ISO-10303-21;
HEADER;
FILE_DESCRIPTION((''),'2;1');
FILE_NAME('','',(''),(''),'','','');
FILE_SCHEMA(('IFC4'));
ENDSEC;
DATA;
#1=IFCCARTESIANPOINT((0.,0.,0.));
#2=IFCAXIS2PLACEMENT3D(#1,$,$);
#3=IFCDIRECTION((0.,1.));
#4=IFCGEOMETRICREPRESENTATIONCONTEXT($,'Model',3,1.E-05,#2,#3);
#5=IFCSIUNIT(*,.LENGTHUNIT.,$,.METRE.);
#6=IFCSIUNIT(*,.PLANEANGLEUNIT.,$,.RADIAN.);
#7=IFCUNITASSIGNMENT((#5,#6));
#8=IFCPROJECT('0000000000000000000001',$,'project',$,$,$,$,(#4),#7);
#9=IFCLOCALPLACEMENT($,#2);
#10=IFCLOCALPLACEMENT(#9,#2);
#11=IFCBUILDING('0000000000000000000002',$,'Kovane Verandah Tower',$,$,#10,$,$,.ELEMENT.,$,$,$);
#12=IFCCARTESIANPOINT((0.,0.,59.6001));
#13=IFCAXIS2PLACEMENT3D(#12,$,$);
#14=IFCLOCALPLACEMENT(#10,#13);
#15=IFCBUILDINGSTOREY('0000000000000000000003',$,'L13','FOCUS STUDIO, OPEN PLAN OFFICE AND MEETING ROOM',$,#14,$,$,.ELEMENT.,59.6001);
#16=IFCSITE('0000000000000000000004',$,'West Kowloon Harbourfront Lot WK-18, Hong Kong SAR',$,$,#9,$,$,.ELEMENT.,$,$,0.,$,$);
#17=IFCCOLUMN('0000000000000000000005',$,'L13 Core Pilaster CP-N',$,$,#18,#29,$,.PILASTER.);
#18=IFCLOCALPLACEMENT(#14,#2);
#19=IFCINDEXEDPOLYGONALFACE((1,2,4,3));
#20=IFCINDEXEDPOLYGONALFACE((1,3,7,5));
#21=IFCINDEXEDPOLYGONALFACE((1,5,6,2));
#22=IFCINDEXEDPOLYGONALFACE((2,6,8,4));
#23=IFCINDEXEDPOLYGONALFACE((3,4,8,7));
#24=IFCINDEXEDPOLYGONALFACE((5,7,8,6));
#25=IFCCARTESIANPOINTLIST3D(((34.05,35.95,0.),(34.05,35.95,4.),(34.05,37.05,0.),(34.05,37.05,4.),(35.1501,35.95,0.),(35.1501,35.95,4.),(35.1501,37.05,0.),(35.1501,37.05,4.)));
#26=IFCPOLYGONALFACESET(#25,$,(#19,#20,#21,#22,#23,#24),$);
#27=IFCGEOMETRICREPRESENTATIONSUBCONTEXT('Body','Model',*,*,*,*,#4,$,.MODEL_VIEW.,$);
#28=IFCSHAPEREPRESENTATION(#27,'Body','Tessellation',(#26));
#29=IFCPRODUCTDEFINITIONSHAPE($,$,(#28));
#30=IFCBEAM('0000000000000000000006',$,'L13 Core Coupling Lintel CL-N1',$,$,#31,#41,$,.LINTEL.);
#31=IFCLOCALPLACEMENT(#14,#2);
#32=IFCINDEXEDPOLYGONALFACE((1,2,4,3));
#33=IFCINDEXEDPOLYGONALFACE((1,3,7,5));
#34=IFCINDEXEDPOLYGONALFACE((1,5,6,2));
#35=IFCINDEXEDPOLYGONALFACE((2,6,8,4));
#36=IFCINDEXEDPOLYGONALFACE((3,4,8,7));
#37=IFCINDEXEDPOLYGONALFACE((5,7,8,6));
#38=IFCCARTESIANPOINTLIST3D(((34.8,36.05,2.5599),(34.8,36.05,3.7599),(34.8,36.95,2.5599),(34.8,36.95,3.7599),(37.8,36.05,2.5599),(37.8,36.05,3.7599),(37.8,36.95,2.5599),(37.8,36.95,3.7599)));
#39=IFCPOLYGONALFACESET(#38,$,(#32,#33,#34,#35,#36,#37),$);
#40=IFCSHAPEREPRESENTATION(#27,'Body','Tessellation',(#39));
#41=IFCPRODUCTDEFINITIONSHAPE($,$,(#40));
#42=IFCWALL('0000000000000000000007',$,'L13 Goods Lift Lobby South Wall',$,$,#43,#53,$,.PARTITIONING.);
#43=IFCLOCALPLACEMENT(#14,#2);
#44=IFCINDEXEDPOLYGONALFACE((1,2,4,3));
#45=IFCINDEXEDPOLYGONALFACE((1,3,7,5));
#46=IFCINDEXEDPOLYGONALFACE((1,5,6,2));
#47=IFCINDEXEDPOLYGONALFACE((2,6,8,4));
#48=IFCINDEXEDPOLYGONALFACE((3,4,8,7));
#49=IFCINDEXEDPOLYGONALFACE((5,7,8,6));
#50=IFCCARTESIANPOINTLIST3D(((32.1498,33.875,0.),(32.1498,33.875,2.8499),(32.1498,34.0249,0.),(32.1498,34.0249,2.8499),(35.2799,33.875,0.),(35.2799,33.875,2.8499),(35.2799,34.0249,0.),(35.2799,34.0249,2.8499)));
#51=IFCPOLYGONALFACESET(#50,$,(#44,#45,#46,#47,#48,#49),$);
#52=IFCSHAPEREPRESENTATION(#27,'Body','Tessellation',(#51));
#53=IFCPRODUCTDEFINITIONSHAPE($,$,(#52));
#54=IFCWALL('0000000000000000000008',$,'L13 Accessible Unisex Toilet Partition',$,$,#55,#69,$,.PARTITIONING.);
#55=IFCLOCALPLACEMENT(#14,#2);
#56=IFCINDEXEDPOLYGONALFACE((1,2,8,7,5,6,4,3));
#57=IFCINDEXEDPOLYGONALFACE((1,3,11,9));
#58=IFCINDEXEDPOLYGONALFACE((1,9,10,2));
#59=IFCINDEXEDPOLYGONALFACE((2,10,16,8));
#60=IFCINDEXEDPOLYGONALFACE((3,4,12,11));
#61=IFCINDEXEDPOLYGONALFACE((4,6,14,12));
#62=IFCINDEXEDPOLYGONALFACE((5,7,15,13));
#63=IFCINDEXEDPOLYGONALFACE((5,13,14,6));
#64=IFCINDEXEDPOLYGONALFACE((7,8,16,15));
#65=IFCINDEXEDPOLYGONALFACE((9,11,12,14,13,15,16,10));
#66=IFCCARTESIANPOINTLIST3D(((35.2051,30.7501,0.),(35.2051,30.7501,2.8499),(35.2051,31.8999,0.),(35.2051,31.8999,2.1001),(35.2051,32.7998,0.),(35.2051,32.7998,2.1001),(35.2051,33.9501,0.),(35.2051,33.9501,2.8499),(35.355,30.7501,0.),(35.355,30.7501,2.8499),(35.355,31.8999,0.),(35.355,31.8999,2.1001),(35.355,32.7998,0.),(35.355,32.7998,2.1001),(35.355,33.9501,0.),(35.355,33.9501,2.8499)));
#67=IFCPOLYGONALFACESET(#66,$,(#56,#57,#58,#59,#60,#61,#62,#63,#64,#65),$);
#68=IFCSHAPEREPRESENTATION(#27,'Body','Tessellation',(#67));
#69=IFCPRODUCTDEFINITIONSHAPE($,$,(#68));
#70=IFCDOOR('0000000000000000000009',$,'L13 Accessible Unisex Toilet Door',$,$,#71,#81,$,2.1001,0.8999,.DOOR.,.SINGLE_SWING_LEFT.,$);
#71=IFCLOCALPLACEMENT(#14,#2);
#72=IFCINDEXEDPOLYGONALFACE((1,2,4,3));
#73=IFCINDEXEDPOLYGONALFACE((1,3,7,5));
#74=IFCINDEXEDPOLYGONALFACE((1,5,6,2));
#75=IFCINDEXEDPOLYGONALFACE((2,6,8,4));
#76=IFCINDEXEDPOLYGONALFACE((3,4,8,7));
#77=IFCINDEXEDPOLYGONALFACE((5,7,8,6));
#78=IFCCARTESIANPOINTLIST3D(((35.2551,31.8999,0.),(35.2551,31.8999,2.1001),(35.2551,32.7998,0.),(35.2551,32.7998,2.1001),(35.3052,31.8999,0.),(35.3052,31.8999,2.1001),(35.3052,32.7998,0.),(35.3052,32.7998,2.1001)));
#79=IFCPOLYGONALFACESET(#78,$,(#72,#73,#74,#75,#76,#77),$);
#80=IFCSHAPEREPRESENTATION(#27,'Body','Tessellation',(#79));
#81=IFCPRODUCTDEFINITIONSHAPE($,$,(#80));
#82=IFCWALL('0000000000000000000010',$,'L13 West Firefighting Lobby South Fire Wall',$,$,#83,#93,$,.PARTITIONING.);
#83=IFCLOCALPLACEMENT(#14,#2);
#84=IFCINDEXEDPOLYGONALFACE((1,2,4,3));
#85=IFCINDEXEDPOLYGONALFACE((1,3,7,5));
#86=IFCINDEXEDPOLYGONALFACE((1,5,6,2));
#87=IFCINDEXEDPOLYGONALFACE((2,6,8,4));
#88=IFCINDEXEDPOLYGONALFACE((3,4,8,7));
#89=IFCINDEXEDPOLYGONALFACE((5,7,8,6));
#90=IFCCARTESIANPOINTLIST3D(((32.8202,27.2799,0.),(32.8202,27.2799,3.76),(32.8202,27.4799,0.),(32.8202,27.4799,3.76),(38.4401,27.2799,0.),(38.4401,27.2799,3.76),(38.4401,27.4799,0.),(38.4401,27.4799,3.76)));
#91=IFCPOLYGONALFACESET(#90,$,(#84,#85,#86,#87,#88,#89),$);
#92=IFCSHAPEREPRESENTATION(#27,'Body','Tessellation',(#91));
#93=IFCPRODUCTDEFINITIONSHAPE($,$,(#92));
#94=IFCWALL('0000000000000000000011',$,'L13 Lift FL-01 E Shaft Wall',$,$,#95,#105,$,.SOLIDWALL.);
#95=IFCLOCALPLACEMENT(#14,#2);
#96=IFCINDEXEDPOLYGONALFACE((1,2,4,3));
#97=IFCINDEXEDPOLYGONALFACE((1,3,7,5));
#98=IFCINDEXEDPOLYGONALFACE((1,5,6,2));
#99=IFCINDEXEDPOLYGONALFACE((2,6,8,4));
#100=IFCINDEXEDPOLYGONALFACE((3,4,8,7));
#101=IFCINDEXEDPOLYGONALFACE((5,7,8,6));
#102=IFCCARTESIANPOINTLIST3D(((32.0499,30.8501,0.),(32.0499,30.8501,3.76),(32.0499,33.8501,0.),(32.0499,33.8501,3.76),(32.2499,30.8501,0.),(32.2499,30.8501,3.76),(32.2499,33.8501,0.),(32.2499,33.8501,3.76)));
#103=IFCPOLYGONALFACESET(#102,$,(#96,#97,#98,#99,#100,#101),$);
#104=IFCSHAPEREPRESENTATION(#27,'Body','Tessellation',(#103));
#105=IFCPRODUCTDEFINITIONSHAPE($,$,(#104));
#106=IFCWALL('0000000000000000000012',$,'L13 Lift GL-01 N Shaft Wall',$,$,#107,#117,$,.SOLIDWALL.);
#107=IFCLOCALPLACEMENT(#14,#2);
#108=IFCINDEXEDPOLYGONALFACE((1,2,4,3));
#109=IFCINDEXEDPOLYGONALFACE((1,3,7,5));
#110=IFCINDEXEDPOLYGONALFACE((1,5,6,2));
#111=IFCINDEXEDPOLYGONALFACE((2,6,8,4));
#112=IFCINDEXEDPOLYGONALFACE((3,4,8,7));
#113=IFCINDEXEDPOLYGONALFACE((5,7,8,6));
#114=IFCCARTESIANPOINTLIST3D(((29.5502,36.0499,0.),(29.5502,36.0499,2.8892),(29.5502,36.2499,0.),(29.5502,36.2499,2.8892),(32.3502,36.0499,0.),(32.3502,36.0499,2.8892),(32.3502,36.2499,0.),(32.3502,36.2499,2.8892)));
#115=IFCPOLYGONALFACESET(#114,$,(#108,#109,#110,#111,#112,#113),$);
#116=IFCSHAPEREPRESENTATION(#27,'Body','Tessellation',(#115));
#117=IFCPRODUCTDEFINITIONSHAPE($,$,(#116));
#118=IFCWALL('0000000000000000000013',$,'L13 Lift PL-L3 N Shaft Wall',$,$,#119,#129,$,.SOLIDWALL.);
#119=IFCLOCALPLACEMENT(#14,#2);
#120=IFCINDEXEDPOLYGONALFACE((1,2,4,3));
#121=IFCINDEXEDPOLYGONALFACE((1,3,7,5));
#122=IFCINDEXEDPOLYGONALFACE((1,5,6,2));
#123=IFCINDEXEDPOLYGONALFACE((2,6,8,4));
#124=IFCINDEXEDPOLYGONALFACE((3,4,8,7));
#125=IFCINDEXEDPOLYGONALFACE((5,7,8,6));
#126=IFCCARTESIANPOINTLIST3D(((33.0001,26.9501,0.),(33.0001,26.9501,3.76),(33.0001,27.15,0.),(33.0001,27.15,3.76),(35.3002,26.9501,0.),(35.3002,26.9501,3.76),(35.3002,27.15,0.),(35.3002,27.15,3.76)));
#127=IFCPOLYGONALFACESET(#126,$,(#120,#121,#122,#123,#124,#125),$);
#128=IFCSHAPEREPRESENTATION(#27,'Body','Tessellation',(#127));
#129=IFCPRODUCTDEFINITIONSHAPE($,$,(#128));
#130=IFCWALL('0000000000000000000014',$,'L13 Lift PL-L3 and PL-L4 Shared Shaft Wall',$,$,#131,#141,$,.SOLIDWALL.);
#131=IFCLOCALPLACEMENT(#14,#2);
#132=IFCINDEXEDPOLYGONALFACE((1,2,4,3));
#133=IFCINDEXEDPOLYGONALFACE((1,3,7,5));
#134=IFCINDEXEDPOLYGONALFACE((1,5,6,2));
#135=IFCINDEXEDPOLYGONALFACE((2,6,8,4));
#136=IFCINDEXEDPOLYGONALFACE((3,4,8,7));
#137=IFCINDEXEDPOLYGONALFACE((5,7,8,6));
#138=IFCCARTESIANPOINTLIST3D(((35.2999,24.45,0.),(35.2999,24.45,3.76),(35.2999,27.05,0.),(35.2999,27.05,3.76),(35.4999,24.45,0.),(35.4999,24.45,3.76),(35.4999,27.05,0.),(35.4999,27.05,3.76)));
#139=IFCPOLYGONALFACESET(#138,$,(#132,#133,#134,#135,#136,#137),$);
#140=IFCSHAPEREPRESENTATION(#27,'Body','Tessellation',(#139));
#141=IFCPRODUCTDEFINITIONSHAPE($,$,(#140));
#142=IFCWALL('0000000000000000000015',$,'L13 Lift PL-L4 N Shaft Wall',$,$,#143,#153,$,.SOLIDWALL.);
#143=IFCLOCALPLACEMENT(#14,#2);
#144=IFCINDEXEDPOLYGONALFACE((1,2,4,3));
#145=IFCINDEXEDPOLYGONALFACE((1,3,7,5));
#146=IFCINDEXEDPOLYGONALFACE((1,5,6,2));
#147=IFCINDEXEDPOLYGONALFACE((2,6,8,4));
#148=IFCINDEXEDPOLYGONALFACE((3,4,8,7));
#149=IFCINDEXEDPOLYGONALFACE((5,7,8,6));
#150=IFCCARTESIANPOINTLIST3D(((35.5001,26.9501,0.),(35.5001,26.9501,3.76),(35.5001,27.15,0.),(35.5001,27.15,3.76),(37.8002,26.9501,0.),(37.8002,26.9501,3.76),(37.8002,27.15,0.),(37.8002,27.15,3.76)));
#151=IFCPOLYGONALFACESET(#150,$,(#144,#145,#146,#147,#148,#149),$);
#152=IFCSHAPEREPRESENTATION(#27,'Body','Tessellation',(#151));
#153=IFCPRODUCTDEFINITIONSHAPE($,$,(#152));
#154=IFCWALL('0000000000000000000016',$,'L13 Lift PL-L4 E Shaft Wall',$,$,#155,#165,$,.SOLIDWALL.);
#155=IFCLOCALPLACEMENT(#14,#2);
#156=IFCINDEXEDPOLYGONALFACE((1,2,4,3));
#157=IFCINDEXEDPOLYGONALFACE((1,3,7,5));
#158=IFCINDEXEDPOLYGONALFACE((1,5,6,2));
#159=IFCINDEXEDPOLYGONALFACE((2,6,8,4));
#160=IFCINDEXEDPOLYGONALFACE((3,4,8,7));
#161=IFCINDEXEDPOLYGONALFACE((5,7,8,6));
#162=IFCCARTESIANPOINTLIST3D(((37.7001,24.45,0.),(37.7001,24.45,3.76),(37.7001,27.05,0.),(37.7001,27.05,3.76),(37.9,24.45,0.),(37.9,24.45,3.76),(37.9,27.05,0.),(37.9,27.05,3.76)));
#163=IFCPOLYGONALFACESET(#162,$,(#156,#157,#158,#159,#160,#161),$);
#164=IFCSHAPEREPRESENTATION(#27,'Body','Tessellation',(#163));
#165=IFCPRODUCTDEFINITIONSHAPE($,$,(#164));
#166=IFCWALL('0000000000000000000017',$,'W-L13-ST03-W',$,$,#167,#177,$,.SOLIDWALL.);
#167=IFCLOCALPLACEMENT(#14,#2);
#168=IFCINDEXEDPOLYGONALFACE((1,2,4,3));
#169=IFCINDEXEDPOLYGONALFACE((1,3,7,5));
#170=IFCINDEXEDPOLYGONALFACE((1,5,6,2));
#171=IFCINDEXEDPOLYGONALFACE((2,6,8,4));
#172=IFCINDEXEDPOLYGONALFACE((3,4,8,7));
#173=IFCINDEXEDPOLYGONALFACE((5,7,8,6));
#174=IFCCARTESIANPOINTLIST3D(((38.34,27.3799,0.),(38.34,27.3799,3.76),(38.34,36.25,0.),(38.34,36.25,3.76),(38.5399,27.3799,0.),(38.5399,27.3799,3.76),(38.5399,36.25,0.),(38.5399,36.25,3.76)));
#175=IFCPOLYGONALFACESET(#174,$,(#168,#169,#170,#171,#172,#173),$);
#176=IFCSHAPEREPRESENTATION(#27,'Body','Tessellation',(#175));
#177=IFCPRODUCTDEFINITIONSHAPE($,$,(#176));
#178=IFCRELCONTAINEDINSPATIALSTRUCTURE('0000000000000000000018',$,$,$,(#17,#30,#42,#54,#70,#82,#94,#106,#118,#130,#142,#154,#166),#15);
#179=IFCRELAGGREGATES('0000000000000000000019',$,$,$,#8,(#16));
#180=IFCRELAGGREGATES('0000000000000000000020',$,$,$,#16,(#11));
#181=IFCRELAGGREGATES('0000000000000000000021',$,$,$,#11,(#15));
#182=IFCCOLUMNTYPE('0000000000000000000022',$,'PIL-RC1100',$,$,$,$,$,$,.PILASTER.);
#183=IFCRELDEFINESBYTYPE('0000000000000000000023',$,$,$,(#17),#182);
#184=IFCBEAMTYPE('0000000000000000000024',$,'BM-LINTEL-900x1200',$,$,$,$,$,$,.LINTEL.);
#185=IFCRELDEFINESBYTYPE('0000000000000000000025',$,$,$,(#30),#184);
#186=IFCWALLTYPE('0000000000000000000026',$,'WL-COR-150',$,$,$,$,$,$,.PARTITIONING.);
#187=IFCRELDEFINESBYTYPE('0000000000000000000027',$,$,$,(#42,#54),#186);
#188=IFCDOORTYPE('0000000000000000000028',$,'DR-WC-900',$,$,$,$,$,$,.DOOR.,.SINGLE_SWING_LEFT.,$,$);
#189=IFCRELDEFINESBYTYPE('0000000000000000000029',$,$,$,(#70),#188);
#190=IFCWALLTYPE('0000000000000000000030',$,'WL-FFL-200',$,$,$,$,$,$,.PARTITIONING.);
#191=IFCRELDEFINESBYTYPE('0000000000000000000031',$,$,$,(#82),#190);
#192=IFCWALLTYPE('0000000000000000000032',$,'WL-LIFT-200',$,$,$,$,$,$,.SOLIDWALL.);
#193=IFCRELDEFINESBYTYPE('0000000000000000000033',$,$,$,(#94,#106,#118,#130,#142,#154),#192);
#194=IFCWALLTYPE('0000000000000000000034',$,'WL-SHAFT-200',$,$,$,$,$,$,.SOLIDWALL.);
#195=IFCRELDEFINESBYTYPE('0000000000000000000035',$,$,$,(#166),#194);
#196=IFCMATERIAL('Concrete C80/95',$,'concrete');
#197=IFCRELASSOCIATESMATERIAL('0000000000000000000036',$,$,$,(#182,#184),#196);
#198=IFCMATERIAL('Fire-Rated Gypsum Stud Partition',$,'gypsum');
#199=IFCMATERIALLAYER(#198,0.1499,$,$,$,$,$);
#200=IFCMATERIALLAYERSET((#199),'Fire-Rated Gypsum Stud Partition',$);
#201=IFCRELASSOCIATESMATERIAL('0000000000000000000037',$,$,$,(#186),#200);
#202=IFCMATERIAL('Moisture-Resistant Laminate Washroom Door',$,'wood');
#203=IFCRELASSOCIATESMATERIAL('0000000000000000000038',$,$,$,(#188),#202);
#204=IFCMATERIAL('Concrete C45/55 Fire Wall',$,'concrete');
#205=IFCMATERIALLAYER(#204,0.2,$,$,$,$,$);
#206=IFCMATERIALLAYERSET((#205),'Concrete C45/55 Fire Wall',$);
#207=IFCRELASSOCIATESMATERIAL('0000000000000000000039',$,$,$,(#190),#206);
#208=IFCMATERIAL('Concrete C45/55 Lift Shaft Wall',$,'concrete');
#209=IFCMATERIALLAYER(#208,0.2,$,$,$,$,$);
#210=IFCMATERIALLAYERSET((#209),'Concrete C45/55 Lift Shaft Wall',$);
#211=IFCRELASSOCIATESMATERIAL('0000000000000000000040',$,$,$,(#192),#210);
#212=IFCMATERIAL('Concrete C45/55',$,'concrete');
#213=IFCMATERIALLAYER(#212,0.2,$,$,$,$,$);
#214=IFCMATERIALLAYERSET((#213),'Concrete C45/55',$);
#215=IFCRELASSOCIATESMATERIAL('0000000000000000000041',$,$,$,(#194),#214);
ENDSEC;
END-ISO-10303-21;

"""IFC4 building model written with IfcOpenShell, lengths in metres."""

from ifc_helpers import new_model, si_unit, direction, frame, frame_2d, origin, origin_2d, place, context, subcontext, project, spatial, rectangle, extrude, material, layer, layer_set, material_profile, profile_set, type_object, element, fill, save


model = new_model("IFC4")

# Units and contexts
model_context = context("Model", 3, precision=1e-05, world=origin(), true_north=direction((0.0, 1.0)))
body_context = subcontext(model_context, "Body", "Model", "MODEL_VIEW")
ifc_project = project(units=[si_unit("LENGTHUNIT", "METRE"), si_unit("PLANEANGLEUNIT", "RADIAN")], contexts=[model_context])

# Site, building, storey
site_placement = place(None, origin())
site = spatial("IfcSite", under=ifc_project, at=site_placement, Name="West Kowloon Harbourfront Lot WK-18, Hong Kong SAR", CompositionType="ELEMENT", RefElevation=0.0)
building_placement = place(site_placement, origin())
building = spatial("IfcBuilding", under=site, at=building_placement, Name="Kovane Verandah Tower", CompositionType="ELEMENT")
storey_placement = place(building_placement, frame((0.0, 0.0, 59.6001)))
storey = spatial("IfcBuildingStorey", under=building, at=storey_placement, Name="L13", Description="FOCUS STUDIO, OPEN PLAN OFFICE AND MEETING ROOM", CompositionType="ELEMENT", Elevation=59.6001)

# Column
ifc_material_1 = material(Name="Concrete C80/95", Category="concrete")
ifc_material_profile_1 = material_profile(ifc_material_1, rectangle(XDim=1.1001, YDim=1.1001, at=origin_2d()), Name="RC1100x1100")
ifc_profile_set_1 = profile_set([ifc_material_profile_1], Name="Concrete C80/95")
column_type = type_object("IfcColumnType", Name="PIL-RC1100", PredefinedType="PILASTER", material=ifc_profile_set_1)
column_placement = place(storey_placement, frame((34.6001, 36.5, 0.0), z_axis=(0.0, 0.0, 1.0), x_axis=(1.0, 0.0, 0.0)))
element("IfcColumn", 1, at=column_placement, inside=storey, type_object=column_type, Name="L13 Core Pilaster CP-N", PredefinedType="PILASTER", context=body_context, shape_type="SweptSolid", body=[
    extrude(rectangle(XDim=1.1001, YDim=1.1001, at=origin_2d()), origin(), (0.0, 0.0, 1.0), 4.0),
])

# Beam
ifc_material_profile_2 = material_profile(ifc_material_1, rectangle(XDim=0.8999, YDim=1.2, at=origin_2d()), Name="RCB900x1200")
ifc_profile_set_2 = profile_set([ifc_material_profile_2], Name="Concrete C80/95")
beam_type = type_object("IfcBeamType", Name="BM-LINTEL-900x1200", PredefinedType="LINTEL", material=ifc_profile_set_2)
beam_placement = place(storey_placement, frame((34.8, 36.5, 3.1599), z_axis=(1.0, 0.0, 0.0), x_axis=(0.0, 1.0, 0.0)))
element("IfcBeam", 2, at=beam_placement, inside=storey, type_object=beam_type, Name="L13 Core Coupling Lintel CL-N1", PredefinedType="LINTEL", context=body_context, shape_type="SweptSolid", body=[
    extrude(rectangle(XDim=0.8999, YDim=1.2, at=origin_2d()), origin(), (0.0, 0.0, 1.0), 3.0),
])

# Wall
ifc_material_2 = material(Name="Fire-Rated Gypsum Stud Partition", Category="gypsum")
ifc_layer_1 = layer(ifc_material_2, 0.1499)
ifc_layer_set_1 = layer_set([ifc_layer_1], Name="Fire-Rated Gypsum Stud Partition")
wall_type_1 = type_object("IfcWallType", Name="WL-COR-150", PredefinedType="PARTITIONING", material=ifc_layer_set_1)
wall_1_placement = place(storey_placement, frame((32.1499, 33.95, 0.0), z_axis=(0.0, 0.0, 1.0), x_axis=(1.0, 0.0, 0.0)))
element("IfcWall", 3, at=wall_1_placement, inside=storey, type_object=wall_type_1, Name="L13 Goods Lift Lobby South Wall", PredefinedType="PARTITIONING", context=body_context, shape_type="SweptSolid", body=[
    extrude(rectangle(XDim=3.1301, YDim=0.1499, at=frame_2d((1.5649, 0.0))), origin(), (0.0, 0.0, 1.0), 2.8499),
])

# Wall, opening, door
wall_2_placement = place(storey_placement, frame((35.28, 30.75, 0.0), z_axis=(0.0, 0.0, 1.0), x_axis=(0.0, 1.0, 0.0)))
wall_2 = element("IfcWall", 4, at=wall_2_placement, inside=storey, type_object=wall_type_1, Name="L13 Accessible Unisex Toilet Partition", PredefinedType="PARTITIONING", context=body_context, shape_type="SweptSolid", body=[
    extrude(rectangle(XDim=3.2, YDim=0.1499, at=frame_2d((1.6001, 0.0))), origin(), (0.0, 0.0, 1.0), 2.8499),
])
opening_1_placement = place(wall_2_placement, frame((1.1499, 0.0, 0.0)))
opening_1 = element("IfcOpeningElement", 5, at=opening_1_placement, cuts=wall_2, PredefinedType="OPENING", context=body_context, shape_type="SweptSolid", body=[
    extrude(rectangle(XDim=0.8999, YDim=2.1001, at=frame_2d((0.45, 1.05))), frame((0.0, 0.075, 0.0), z_axis=(0.0, -1.0, 0.0), x_axis=(1.0, 0.0, 0.0)), (0.0, 0.0, 1.0), 0.1499),
])
ifc_material_3 = material(Name="Moisture-Resistant Laminate Washroom Door", Category="wood")
door_type_1 = type_object("IfcDoorType", Name="DR-WC-900", OperationType="SINGLE_SWING_LEFT", PredefinedType="DOOR", material=ifc_material_3)
door_1_placement = place(opening_1_placement, origin())
door_1 = element("IfcDoor", 6, at=door_1_placement, inside=storey, type_object=door_type_1, Name="L13 Accessible Unisex Toilet Door", OperationType="SINGLE_SWING_LEFT", OverallHeight=2.1001, OverallWidth=0.8999, PredefinedType="DOOR", context=body_context, shape_type="SweptSolid", body=[
    extrude(rectangle(XDim=0.8999, YDim=2.1001, at=frame_2d((0.45, 1.05))), frame((0.0, 0.0249, 0.0), z_axis=(0.0, -1.0, 0.0), x_axis=(1.0, 0.0, 0.0)), (0.0, 0.0, 1.0), 0.05),
])
fill(opening_1, door_1)
ifc_material_4 = material(Name="Concrete C45/55 Fire Wall", Category="concrete")
ifc_layer_2 = layer(ifc_material_4, 0.2)
ifc_layer_set_2 = layer_set([ifc_layer_2], Name="Concrete C45/55 Fire Wall")
wall_type_2 = type_object("IfcWallType", Name="WL-FFL-200", PredefinedType="PARTITIONING", material=ifc_layer_set_2)

# Walls
wall_3_placement = place(storey_placement, frame((32.8201, 27.3799, 0.0), z_axis=(0.0, 0.0, 1.0), x_axis=(1.0, 0.0, 0.0)))
element("IfcWall", 7, at=wall_3_placement, inside=storey, type_object=wall_type_2, Name="L13 West Firefighting Lobby South Fire Wall", PredefinedType="PARTITIONING", context=body_context, shape_type="SweptSolid", body=[
    extrude(rectangle(XDim=5.6199, YDim=0.2, at=frame_2d((2.8101, 0.0))), origin(), (0.0, 0.0, 1.0), 3.76),
])
ifc_material_5 = material(Name="Concrete C45/55 Lift Shaft Wall", Category="concrete")
ifc_layer_3 = layer(ifc_material_5, 0.2)
ifc_layer_set_3 = layer_set([ifc_layer_3], Name="Concrete C45/55 Lift Shaft Wall")
wall_type_3 = type_object("IfcWallType", Name="WL-LIFT-200", PredefinedType="SOLIDWALL", material=ifc_layer_set_3)
wall_4_placement = place(storey_placement, frame((32.1499, 30.8501, 0.0), z_axis=(0.0, 0.0, 1.0), x_axis=(0.0, 1.0, 0.0)))
element("IfcWall", 8, at=wall_4_placement, inside=storey, type_object=wall_type_3, Name="L13 Lift FL-01 E Shaft Wall", PredefinedType="SOLIDWALL", context=body_context, shape_type="SweptSolid", body=[
    extrude(rectangle(XDim=3.0, YDim=0.2, at=frame_2d((1.5, 0.0))), origin(), (0.0, 0.0, 1.0), 3.76),
])
wall_5_placement = place(storey_placement, frame((32.3501, 36.1499, 0.0), z_axis=(0.0, 0.0, 1.0), x_axis=(-1.0, 0.0, 0.0)))
element("IfcWall", 9, at=wall_5_placement, inside=storey, type_object=wall_type_3, Name="L13 Lift GL-01 N Shaft Wall", PredefinedType="SOLIDWALL", context=body_context, shape_type="SweptSolid", body=[
    extrude(rectangle(XDim=2.8, YDim=0.2, at=frame_2d((1.3999, 0.0))), origin(), (0.0, 0.0, 1.0), 2.8892),
])

# Walls
wall_6_placement = place(storey_placement, frame((35.3, 27.05, 0.0), z_axis=(0.0, 0.0, 1.0), x_axis=(-1.0, 0.0, 0.0)))
element("IfcWall", 10, at=wall_6_placement, inside=storey, type_object=wall_type_3, Name="L13 Lift PL-L3 N Shaft Wall", PredefinedType="SOLIDWALL", context=body_context, shape_type="SweptSolid", body=[
    extrude(rectangle(XDim=2.3, YDim=0.2, at=frame_2d((1.1499, 0.0))), origin(), (0.0, 0.0, 1.0), 3.76),
])
wall_7_placement = place(storey_placement, frame((35.3999, 24.45, 0.0), z_axis=(0.0, 0.0, 1.0), x_axis=(0.0, 1.0, 0.0)))
element("IfcWall", 11, at=wall_7_placement, inside=storey, type_object=wall_type_3, Name="L13 Lift PL-L3 and PL-L4 Shared Shaft Wall", PredefinedType="SOLIDWALL", context=body_context, shape_type="SweptSolid", body=[
    extrude(rectangle(XDim=2.6001, YDim=0.2, at=frame_2d((1.3, 0.0))), origin(), (0.0, 0.0, 1.0), 3.76),
])

# Walls
wall_8_placement = place(storey_placement, frame((37.8, 27.05, 0.0), z_axis=(0.0, 0.0, 1.0), x_axis=(-1.0, 0.0, 0.0)))
element("IfcWall", 12, at=wall_8_placement, inside=storey, type_object=wall_type_3, Name="L13 Lift PL-L4 N Shaft Wall", PredefinedType="SOLIDWALL", context=body_context, shape_type="SweptSolid", body=[
    extrude(rectangle(XDim=2.3, YDim=0.2, at=frame_2d((1.1499, 0.0))), origin(), (0.0, 0.0, 1.0), 3.76),
])
wall_9_placement = place(storey_placement, frame((37.8, 24.45, 0.0), z_axis=(0.0, 0.0, 1.0), x_axis=(0.0, 1.0, 0.0)))
element("IfcWall", 13, at=wall_9_placement, inside=storey, type_object=wall_type_3, Name="L13 Lift PL-L4 E Shaft Wall", PredefinedType="SOLIDWALL", context=body_context, shape_type="SweptSolid", body=[
    extrude(rectangle(XDim=2.6001, YDim=0.2, at=frame_2d((1.3, 0.0))), origin(), (0.0, 0.0, 1.0), 3.76),
])
ifc_material_6 = material(Name="Concrete C45/55", Category="concrete")
ifc_layer_4 = layer(ifc_material_6, 0.2)
ifc_layer_set_4 = layer_set([ifc_layer_4], Name="Concrete C45/55")
wall_type_4 = type_object("IfcWallType", Name="WL-SHAFT-200", PredefinedType="SOLIDWALL", material=ifc_layer_set_4)
wall_10_placement = place(storey_placement, frame((38.4399, 27.3799, 0.0), z_axis=(0.0, 0.0, 1.0), x_axis=(0.0, 1.0, 0.0)))
element("IfcWall", 14, at=wall_10_placement, inside=storey, type_object=wall_type_4, Name="W-L13-ST03-W", PredefinedType="SOLIDWALL", context=body_context, shape_type="SweptSolid", body=[
    extrude(rectangle(XDim=8.8701, YDim=0.2, at=frame_2d((4.4351, 0.0))), origin(), (0.0, 0.0, 1.0), 3.76),
])

save(model, "model.ifc")
